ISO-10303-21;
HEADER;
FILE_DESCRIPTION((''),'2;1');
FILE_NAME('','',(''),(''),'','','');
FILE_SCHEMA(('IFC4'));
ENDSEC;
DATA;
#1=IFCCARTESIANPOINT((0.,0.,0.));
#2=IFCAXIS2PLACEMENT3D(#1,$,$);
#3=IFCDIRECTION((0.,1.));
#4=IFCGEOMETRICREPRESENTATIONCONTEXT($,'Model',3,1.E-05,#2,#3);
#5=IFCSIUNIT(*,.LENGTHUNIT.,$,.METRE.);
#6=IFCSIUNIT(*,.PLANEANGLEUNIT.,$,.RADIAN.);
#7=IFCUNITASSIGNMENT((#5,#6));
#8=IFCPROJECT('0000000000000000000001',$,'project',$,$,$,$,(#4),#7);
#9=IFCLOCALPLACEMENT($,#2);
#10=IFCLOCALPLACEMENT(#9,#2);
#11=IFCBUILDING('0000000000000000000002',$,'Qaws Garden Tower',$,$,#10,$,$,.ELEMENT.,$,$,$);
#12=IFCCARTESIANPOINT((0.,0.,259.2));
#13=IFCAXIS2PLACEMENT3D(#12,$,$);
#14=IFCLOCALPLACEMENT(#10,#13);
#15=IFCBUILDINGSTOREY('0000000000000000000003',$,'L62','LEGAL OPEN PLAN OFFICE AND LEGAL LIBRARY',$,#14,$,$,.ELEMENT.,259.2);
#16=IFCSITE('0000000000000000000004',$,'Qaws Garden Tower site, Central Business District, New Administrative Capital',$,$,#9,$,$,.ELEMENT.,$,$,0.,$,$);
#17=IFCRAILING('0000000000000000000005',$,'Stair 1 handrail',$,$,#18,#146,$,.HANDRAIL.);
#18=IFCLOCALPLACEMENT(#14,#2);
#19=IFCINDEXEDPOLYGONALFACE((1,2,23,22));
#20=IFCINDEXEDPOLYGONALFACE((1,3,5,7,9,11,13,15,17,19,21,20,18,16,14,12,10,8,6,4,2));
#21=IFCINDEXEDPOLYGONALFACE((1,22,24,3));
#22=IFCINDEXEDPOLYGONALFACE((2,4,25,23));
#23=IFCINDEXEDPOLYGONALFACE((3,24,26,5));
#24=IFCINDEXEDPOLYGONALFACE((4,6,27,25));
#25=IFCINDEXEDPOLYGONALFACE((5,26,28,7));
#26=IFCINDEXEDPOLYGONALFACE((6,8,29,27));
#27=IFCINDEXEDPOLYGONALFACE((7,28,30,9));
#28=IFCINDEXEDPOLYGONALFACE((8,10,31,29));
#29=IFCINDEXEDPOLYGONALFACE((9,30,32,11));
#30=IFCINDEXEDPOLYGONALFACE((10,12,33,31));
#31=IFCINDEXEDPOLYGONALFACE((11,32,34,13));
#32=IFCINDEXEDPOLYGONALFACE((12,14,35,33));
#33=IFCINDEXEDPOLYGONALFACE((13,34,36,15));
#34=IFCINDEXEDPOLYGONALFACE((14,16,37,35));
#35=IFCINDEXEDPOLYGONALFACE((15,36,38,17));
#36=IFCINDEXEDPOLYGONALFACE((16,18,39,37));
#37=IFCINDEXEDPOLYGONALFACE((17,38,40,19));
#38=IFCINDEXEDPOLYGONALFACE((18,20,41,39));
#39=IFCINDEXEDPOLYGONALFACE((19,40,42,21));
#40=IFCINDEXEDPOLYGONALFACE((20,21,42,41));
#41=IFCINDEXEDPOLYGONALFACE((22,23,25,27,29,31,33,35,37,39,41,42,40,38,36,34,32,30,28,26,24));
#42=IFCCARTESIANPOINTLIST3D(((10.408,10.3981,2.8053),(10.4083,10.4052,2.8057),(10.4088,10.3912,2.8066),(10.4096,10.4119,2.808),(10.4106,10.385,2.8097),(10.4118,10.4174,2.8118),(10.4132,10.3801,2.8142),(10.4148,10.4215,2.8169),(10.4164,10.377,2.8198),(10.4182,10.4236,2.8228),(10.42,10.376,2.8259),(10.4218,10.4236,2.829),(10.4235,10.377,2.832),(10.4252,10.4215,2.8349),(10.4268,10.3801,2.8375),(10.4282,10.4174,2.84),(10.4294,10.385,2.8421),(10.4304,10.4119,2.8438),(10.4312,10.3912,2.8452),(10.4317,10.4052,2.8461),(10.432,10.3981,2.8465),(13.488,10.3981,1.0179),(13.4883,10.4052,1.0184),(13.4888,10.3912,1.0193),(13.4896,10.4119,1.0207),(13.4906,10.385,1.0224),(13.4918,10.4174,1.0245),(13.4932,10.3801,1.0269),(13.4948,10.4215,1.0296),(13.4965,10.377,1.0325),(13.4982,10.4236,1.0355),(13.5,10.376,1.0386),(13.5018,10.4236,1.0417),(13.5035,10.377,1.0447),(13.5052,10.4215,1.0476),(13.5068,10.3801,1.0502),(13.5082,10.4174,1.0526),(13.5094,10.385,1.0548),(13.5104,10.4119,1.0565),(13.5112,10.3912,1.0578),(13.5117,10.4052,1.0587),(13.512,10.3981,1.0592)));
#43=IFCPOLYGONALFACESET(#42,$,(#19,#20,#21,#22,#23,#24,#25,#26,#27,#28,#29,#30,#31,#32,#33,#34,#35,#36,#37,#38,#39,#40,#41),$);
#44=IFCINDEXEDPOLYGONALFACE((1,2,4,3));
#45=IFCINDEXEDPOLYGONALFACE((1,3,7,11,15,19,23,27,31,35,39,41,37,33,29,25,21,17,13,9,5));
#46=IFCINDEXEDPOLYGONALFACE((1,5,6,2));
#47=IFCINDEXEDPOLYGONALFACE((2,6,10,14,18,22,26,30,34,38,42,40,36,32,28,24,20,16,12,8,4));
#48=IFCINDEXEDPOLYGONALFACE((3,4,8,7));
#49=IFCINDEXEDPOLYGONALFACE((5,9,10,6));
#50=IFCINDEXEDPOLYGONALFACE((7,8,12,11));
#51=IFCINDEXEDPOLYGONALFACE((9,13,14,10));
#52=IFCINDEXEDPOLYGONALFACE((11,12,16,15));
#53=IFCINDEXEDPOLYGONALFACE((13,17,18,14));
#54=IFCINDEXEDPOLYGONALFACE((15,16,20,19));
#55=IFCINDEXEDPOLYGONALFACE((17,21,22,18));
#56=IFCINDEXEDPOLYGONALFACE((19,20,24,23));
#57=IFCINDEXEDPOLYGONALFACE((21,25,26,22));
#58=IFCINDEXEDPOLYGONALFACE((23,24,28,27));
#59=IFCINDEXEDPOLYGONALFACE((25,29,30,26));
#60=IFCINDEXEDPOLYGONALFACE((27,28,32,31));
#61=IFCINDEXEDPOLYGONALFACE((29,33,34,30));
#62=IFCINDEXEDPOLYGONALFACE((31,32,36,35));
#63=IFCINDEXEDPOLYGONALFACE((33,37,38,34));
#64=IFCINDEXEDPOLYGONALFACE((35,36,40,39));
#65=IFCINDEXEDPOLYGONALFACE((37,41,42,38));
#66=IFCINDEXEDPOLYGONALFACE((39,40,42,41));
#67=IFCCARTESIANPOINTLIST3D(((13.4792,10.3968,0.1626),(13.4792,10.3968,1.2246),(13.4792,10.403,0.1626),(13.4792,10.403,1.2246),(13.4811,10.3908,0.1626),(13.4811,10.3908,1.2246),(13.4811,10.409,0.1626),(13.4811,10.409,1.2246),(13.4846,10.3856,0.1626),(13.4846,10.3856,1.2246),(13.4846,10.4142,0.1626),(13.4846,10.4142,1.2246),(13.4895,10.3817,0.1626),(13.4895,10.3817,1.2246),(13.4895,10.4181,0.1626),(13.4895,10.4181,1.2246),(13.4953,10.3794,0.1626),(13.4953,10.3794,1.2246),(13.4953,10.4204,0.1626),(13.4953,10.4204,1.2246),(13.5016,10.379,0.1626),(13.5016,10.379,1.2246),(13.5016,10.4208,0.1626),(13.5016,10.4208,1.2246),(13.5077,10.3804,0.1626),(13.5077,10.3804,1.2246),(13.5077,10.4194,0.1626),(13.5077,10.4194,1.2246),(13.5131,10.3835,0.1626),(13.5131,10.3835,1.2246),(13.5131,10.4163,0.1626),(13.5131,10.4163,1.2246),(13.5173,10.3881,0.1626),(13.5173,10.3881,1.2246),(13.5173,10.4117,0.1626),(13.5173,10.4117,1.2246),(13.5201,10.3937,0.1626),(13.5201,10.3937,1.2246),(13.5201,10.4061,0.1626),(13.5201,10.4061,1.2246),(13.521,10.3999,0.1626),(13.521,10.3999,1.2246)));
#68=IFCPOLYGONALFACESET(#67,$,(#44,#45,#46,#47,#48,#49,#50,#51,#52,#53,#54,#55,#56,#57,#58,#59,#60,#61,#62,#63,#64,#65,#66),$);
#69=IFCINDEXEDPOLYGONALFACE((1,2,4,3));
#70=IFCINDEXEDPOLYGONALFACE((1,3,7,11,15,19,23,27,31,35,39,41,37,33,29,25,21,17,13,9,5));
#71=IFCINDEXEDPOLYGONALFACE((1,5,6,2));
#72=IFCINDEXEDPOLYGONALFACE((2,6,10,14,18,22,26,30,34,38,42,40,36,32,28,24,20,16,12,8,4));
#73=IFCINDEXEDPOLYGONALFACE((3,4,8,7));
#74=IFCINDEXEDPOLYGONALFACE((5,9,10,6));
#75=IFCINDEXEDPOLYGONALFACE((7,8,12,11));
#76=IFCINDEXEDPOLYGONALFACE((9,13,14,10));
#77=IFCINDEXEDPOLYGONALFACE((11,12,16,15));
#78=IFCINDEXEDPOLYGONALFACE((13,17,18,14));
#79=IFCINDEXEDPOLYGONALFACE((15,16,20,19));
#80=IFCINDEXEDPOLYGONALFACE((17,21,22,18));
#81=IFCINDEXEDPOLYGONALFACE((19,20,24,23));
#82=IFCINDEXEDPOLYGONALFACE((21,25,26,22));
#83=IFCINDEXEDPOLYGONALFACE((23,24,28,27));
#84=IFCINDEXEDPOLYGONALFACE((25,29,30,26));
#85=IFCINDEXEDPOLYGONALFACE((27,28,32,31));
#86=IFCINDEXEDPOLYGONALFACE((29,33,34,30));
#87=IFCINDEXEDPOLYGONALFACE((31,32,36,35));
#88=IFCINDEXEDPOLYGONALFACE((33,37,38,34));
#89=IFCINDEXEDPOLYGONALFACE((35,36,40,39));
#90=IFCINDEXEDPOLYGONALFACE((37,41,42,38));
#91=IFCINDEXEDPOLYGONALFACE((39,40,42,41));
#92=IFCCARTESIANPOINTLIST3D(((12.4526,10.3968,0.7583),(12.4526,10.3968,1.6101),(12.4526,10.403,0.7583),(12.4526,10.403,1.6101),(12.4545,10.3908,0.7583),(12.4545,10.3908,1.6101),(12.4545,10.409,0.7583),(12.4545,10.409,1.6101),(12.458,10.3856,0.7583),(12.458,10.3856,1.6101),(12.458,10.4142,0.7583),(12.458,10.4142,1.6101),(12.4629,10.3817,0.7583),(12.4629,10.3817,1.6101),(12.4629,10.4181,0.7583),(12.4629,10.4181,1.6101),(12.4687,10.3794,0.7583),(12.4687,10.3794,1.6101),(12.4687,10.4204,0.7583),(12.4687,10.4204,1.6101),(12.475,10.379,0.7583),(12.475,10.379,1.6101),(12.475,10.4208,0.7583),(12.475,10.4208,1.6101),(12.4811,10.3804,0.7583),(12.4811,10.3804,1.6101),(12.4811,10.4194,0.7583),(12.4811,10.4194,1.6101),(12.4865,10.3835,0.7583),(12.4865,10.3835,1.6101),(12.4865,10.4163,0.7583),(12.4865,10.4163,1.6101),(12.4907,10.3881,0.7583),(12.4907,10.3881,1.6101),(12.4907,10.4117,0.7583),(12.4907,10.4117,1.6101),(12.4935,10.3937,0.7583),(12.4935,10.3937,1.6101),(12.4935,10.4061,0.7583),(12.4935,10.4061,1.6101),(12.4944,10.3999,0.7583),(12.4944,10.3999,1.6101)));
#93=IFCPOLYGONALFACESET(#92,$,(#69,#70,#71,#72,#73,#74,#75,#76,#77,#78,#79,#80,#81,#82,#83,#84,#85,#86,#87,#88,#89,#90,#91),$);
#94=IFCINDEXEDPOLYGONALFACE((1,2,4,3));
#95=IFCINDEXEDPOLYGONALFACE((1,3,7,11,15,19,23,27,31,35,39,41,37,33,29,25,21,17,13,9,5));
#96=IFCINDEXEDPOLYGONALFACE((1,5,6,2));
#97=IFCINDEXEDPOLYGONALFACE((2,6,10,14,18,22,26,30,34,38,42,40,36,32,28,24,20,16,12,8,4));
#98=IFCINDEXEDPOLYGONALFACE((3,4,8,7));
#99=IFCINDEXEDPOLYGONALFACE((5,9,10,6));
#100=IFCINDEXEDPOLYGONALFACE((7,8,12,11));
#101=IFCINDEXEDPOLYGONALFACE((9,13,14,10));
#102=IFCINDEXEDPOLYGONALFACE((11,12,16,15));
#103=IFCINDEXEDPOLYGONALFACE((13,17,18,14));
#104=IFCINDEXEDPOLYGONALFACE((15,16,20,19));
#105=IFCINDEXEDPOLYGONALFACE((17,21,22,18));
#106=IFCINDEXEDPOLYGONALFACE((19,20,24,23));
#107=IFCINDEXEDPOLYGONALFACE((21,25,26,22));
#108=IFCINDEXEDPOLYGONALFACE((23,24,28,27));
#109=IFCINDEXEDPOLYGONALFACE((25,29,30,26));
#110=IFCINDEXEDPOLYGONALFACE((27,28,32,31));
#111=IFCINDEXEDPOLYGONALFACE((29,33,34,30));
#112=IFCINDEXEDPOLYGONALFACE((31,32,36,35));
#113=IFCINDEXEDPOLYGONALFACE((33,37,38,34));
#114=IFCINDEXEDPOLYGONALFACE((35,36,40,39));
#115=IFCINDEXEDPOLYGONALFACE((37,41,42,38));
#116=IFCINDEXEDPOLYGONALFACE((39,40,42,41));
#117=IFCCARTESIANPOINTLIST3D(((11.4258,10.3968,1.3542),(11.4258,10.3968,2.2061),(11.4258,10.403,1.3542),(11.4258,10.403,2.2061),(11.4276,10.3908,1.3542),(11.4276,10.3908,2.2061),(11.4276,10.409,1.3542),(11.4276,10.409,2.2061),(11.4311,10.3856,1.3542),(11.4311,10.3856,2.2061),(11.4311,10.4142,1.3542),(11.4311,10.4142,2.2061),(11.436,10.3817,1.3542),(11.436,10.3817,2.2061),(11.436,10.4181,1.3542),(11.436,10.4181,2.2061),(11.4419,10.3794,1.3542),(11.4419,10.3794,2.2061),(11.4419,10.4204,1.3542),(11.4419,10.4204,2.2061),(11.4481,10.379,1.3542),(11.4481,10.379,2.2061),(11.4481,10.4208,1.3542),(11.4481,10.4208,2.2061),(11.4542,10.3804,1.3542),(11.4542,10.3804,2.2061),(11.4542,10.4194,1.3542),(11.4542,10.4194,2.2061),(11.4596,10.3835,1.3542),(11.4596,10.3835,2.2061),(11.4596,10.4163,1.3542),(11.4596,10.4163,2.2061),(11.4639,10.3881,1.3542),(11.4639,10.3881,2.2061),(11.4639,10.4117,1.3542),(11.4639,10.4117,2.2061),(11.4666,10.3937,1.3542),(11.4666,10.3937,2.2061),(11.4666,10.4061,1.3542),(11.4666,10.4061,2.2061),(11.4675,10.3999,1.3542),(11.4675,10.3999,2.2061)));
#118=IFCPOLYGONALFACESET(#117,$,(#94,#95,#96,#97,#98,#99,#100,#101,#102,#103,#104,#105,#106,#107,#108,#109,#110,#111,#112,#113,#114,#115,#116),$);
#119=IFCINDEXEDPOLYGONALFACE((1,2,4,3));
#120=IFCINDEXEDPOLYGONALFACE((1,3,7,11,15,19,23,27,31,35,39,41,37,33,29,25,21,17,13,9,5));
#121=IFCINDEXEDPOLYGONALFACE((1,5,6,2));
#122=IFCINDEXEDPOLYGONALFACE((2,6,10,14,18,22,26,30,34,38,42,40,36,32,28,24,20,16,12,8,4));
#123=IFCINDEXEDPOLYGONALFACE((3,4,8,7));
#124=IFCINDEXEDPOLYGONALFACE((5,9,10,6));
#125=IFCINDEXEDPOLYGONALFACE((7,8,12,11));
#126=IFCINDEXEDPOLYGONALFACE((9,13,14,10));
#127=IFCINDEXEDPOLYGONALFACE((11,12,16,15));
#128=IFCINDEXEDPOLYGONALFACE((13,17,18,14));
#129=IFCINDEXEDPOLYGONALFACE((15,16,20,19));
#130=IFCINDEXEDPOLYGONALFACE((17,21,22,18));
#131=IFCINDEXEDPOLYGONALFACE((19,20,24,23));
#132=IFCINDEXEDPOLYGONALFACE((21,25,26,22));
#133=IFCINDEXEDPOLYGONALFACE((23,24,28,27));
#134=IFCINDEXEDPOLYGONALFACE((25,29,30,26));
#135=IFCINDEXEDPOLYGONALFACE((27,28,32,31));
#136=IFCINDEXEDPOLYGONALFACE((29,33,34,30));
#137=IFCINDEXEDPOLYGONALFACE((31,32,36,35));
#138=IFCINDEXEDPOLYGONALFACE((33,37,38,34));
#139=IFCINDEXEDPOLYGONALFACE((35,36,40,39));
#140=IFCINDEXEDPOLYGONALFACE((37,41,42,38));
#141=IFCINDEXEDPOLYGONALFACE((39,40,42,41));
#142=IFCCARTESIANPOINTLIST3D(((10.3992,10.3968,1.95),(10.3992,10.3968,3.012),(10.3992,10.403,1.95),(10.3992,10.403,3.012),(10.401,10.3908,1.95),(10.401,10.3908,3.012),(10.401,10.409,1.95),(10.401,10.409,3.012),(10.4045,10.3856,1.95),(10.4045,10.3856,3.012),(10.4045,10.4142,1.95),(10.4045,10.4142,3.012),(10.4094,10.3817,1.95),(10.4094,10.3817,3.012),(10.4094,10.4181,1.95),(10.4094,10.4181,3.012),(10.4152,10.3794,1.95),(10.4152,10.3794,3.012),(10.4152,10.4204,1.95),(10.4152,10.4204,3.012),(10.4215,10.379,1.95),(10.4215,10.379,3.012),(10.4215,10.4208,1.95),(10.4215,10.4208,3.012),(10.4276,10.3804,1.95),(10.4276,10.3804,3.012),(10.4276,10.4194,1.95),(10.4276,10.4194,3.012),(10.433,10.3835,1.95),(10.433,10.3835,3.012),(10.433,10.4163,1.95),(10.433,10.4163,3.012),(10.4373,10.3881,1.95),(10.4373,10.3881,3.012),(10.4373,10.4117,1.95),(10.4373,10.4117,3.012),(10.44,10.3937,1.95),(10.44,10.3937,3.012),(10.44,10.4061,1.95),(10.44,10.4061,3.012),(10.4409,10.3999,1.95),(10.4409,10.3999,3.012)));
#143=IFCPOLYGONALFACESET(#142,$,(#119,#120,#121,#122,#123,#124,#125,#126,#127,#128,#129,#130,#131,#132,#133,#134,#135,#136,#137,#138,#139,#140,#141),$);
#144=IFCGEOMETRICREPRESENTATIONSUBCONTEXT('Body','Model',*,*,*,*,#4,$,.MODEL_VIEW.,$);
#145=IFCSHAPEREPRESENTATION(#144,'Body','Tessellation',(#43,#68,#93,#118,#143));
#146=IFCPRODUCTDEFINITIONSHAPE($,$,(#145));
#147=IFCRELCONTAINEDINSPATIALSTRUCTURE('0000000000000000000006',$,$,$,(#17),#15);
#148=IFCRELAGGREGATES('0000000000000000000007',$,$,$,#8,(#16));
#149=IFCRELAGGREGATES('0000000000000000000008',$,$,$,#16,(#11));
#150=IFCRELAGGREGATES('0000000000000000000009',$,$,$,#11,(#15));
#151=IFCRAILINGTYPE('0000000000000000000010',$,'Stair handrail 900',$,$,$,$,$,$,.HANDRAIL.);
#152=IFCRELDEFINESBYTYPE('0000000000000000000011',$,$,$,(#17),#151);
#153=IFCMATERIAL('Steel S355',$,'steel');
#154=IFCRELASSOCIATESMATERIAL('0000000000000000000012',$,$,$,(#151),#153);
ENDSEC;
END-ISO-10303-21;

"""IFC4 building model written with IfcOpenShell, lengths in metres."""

from ifc_helpers import new_model, si_unit, direction, frame, origin, origin_2d, place, context, subcontext, project, spatial, circle, extrude, material, type_object, element, save


model = new_model("IFC4")

# Units and contexts
model_context = context("Model", 3, precision=1e-05, world=origin(), true_north=direction((0.0, 1.0)))
body_context = subcontext(model_context, "Body", "Model", "MODEL_VIEW")
ifc_project = project(units=[si_unit("LENGTHUNIT", "METRE"), si_unit("PLANEANGLEUNIT", "RADIAN")], contexts=[model_context])

# Site, building, storey
site_placement = place(None, origin())
site = spatial("IfcSite", under=ifc_project, at=site_placement, Name="Qaws Garden Tower site, Central Business District, New Administrative Capital", CompositionType="ELEMENT", RefElevation=0.0)
building_placement = place(site_placement, origin())
building = spatial("IfcBuilding", under=site, at=building_placement, Name="Qaws Garden Tower", CompositionType="ELEMENT")
storey_placement = place(building_placement, frame((0.0, 0.0, 259.2)))
storey = spatial("IfcBuildingStorey", under=building, at=storey_placement, Name="L62", Description="LEGAL OPEN PLAN OFFICE AND LEGAL LIBRARY", CompositionType="ELEMENT", Elevation=259.2)

# Railing
ifc_material_1 = material(Name="Steel S355", Category="steel")
railing_type = type_object("IfcRailingType", Name="Stair handrail 900", PredefinedType="HANDRAIL", material=ifc_material_1)
railing_1_placement = place(storey_placement, frame((13.5, 10.3999, 0.1626)))
element("IfcRailing", 1, at=railing_1_placement, inside=storey, type_object=railing_type, Name="Stair 1 handrail", PredefinedType="HANDRAIL", context=body_context, shape_type="SweptSolid", body=[
    extrude(circle(Radius=0.0239, at=origin_2d()), frame((0.0, 0.0, 0.876), z_axis=(-0.86492, 0.0, 0.501909), x_axis=(0.0, -1.0, 0.0)), (0.0, 0.0, 1.0), 3.561),
    extrude(circle(Radius=0.021, at=origin_2d()), origin(), (0.0, 0.0, 1.0), 1.062),
    extrude(circle(Radius=0.021, at=origin_2d()), frame((-1.0266, 0.0, 0.5957)), (0.0, 0.0, 1.0), 0.8518),
    extrude(circle(Radius=0.021, at=origin_2d()), frame((-2.0535, 0.0, 1.1917)), (0.0, 0.0, 1.0), 0.8518),
    extrude(circle(Radius=0.021, at=origin_2d()), frame((-3.0801, 0.0, 1.7874)), (0.0, 0.0, 1.0), 1.062),
])

save(model, "model.ifc")
